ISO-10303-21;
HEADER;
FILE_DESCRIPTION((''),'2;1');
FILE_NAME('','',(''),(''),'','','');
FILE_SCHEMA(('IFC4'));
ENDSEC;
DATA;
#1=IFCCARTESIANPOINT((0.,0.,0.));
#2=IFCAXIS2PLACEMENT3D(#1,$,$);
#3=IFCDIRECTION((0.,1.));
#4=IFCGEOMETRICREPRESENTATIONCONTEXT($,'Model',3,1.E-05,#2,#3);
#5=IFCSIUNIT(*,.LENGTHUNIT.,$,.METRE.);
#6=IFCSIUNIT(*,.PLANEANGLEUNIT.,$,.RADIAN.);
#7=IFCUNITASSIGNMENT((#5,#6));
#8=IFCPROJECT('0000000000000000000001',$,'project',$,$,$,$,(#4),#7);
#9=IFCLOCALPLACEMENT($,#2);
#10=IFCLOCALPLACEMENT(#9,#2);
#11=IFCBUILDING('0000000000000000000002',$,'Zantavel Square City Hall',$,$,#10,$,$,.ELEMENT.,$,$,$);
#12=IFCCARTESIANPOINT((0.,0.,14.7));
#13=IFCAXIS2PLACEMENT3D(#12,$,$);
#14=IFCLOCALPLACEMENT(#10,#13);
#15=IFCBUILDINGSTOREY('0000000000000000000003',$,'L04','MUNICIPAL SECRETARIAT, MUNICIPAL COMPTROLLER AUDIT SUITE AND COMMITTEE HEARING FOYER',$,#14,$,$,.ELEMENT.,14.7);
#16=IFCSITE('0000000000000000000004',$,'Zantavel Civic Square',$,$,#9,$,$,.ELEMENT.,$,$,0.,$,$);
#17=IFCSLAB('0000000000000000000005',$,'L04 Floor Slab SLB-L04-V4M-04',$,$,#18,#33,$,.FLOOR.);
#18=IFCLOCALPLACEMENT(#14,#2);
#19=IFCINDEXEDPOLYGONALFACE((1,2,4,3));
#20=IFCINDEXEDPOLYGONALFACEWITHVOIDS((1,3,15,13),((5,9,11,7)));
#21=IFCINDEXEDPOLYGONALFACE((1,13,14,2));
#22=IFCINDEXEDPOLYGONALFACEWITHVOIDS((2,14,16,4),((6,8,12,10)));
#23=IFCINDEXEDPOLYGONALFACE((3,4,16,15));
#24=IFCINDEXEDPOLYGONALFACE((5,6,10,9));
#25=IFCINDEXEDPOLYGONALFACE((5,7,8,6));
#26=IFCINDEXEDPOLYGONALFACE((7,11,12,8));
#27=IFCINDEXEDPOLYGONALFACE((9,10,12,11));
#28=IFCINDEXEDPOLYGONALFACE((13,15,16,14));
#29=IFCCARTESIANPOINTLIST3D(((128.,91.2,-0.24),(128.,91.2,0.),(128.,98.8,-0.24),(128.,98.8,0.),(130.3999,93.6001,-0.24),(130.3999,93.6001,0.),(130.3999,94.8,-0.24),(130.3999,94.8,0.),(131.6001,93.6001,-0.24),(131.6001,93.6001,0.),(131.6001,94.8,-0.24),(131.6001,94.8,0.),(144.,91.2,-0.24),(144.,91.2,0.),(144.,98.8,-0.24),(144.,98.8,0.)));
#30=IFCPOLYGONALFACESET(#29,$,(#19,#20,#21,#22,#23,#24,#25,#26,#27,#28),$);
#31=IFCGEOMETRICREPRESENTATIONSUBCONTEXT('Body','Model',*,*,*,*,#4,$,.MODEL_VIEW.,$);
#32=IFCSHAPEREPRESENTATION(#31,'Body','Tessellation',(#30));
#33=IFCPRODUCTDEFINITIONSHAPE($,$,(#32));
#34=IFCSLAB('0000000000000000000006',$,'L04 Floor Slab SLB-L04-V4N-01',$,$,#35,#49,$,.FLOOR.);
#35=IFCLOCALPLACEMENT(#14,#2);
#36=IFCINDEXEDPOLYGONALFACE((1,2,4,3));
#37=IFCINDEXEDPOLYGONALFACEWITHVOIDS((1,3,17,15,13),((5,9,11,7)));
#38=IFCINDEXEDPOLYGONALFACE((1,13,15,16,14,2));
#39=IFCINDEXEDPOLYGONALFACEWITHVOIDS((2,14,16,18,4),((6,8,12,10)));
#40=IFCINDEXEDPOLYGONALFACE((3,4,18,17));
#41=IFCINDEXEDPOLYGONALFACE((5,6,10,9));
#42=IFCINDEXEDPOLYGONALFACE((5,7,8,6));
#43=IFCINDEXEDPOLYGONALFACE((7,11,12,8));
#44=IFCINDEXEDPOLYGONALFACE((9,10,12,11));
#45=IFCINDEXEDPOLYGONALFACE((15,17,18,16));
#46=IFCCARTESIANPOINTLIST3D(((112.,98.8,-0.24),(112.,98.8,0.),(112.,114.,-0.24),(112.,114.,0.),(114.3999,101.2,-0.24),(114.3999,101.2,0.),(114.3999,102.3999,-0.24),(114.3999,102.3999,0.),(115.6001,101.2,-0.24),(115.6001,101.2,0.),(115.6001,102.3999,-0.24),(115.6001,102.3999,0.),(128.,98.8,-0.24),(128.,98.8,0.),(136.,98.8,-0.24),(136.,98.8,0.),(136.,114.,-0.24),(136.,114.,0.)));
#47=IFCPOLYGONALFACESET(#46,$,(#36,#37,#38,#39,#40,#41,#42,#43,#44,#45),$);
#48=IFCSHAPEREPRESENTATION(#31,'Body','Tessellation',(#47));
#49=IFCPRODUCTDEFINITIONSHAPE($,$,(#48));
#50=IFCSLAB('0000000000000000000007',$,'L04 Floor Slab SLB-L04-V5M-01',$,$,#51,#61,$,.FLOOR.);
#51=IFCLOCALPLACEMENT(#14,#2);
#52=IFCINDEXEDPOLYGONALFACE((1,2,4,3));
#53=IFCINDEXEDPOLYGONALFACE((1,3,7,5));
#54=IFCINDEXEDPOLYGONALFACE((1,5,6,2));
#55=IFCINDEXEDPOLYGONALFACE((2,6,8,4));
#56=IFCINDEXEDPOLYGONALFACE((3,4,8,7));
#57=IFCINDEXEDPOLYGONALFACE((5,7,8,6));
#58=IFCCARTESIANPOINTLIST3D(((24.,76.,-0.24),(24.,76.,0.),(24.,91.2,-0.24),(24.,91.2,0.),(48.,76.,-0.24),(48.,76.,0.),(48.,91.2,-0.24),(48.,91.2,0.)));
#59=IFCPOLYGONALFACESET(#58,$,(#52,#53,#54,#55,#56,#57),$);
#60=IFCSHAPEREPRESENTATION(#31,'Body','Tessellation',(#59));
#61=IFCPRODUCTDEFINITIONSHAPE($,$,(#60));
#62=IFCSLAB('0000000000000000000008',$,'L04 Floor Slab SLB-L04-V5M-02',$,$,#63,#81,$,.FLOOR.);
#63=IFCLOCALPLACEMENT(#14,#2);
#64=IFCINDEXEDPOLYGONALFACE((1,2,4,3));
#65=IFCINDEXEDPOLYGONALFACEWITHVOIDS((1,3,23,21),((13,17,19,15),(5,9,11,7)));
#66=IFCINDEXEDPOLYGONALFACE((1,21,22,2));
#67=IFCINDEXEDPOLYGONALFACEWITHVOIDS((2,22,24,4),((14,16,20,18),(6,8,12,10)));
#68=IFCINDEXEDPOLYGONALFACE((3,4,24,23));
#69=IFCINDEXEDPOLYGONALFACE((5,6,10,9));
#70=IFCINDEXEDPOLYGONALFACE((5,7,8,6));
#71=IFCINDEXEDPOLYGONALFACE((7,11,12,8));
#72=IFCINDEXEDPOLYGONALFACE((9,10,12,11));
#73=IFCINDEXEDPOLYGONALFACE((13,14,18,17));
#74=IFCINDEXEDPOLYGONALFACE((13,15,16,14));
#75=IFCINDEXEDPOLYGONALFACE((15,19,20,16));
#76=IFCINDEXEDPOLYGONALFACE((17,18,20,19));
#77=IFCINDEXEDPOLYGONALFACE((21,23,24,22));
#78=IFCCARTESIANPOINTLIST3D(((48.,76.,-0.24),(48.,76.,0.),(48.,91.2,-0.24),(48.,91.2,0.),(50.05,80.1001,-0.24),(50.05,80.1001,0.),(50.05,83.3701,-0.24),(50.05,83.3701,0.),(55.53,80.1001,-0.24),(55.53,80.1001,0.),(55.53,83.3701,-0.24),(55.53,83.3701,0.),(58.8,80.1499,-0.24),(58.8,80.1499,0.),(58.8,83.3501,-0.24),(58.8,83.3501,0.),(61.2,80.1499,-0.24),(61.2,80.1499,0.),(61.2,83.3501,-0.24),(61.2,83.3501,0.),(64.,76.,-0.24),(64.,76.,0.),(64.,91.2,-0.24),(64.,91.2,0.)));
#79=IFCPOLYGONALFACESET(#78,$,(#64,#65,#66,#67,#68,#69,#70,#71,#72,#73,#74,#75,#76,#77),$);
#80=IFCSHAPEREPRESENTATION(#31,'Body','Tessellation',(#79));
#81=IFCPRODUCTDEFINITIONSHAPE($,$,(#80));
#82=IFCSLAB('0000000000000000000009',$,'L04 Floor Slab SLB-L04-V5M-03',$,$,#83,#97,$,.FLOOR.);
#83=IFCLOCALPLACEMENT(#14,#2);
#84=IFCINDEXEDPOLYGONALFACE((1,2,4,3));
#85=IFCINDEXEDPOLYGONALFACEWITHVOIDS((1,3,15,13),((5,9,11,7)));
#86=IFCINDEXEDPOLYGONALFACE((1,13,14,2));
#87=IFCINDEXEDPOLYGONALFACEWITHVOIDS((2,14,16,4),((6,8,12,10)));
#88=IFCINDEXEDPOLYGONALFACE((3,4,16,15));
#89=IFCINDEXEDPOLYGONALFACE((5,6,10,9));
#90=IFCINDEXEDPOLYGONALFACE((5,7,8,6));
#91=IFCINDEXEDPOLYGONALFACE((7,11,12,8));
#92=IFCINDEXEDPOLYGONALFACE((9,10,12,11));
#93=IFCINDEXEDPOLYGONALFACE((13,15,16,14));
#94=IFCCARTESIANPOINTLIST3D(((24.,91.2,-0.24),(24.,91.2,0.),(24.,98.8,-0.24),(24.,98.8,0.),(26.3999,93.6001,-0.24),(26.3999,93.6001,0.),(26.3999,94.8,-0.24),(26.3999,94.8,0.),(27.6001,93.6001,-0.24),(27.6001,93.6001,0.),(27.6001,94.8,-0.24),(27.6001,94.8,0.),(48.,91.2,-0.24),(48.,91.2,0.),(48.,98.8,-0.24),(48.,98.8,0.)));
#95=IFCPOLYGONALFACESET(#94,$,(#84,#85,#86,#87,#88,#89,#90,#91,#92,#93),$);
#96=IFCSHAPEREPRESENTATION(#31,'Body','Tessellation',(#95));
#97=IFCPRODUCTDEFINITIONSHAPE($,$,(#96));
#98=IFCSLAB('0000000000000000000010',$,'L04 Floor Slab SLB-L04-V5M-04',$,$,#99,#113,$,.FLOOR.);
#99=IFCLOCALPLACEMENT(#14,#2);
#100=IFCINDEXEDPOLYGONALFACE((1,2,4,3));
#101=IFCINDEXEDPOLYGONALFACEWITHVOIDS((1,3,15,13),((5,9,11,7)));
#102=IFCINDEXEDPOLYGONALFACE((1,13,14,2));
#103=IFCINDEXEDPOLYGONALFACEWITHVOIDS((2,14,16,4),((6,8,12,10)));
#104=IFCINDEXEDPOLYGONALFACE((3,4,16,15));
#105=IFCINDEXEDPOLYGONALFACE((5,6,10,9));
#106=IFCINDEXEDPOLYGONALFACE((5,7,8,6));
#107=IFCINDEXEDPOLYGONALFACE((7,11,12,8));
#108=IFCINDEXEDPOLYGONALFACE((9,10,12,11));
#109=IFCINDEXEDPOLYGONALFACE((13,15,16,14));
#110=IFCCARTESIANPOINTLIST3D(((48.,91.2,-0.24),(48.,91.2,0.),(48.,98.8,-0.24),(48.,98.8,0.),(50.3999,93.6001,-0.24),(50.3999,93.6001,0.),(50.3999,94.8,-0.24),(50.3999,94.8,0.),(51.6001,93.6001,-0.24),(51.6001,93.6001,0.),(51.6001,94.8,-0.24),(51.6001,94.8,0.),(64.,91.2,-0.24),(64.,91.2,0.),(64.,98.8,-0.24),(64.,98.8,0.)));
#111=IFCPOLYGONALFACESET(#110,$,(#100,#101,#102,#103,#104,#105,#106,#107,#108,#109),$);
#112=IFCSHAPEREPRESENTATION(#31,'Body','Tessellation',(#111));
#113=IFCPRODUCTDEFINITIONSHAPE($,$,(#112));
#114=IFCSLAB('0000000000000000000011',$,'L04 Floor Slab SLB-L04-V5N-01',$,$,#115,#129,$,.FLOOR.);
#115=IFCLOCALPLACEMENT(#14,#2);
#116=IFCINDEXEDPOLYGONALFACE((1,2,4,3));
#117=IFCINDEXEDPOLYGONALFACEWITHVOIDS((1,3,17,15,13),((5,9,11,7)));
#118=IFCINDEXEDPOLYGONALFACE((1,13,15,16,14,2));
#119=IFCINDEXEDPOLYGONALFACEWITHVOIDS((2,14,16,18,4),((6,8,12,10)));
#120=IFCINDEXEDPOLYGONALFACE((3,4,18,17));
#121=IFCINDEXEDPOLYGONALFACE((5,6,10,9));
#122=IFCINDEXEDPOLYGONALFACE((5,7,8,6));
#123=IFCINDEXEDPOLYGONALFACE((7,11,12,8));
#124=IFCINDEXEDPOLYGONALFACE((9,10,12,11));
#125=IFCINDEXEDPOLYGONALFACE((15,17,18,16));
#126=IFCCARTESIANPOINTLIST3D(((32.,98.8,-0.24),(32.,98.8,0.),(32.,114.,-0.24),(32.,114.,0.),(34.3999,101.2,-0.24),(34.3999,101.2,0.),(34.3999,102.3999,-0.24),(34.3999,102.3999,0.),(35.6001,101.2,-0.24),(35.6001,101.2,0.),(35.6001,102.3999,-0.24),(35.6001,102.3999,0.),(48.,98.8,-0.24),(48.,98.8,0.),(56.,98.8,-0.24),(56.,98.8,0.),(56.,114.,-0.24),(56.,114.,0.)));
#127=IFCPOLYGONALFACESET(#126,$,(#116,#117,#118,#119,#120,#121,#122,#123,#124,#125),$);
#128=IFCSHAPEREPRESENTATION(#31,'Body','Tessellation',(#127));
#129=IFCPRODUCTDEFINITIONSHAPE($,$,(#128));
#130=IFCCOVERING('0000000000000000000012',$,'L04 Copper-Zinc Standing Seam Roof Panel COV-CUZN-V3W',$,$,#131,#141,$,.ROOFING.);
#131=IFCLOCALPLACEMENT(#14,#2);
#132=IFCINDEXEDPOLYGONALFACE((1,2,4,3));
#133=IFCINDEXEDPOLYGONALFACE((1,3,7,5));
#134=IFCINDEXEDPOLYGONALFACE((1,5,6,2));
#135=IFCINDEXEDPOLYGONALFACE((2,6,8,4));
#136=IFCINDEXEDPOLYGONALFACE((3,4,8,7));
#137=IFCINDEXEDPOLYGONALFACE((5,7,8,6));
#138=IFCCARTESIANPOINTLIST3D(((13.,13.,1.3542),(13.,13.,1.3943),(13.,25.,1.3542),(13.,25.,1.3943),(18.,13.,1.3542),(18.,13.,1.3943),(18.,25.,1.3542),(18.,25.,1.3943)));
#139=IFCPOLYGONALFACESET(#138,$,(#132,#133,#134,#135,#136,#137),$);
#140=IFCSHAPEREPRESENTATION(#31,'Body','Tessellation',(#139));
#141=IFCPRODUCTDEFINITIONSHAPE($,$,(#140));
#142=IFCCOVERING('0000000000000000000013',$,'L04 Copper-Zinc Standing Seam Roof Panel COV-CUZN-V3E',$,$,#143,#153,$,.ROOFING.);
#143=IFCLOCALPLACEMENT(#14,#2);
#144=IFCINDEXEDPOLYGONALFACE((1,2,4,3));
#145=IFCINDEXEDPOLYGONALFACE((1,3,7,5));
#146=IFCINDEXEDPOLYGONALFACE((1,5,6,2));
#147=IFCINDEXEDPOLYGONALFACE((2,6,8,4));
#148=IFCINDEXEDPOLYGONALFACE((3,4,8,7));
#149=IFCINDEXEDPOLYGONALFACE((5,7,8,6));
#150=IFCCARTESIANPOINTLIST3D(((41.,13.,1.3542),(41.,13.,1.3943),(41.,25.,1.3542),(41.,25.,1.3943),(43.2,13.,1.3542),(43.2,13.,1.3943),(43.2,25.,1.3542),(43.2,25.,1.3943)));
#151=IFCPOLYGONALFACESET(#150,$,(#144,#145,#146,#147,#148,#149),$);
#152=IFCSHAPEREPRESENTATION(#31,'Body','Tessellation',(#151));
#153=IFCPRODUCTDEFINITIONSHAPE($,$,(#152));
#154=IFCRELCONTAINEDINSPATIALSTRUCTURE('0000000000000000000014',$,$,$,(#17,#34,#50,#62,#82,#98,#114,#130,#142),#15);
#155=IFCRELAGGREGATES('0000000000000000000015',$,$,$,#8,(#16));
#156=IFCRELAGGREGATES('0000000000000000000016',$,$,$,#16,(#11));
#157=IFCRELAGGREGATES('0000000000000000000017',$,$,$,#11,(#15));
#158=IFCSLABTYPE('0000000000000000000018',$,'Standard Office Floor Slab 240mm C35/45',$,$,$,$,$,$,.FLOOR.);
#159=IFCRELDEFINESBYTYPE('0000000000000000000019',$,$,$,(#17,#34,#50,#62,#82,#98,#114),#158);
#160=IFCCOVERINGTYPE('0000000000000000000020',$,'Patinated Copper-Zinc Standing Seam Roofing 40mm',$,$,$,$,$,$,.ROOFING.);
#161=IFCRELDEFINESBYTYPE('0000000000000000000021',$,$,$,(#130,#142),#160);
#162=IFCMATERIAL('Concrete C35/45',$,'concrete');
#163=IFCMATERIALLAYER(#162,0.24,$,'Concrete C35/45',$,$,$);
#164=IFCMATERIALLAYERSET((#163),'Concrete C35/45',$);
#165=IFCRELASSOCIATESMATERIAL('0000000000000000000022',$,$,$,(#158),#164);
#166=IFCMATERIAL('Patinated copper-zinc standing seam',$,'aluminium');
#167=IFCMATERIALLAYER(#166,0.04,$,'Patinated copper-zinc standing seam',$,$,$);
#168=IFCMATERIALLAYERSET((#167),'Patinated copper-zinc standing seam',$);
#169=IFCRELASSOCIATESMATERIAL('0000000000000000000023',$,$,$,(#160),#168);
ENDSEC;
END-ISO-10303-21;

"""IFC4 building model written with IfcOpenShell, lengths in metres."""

from ifc_helpers import new_model, si_unit, direction, frame, origin, place, context, subcontext, project, spatial, polyline, outline, extrude, material, layer, layer_set, type_object, element, save


model = new_model("IFC4")

# Units and contexts
model_context = context("Model", 3, precision=1e-05, world=origin(), true_north=direction((0.0, 1.0)))
body_context = subcontext(model_context, "Body", "Model", "MODEL_VIEW")
ifc_project = project(units=[si_unit("LENGTHUNIT", "METRE"), si_unit("PLANEANGLEUNIT", "RADIAN")], contexts=[model_context])

# Site, building, storey
site_placement = place(None, origin())
site = spatial("IfcSite", under=ifc_project, at=site_placement, Name="Zantavel Civic Square", CompositionType="ELEMENT", RefElevation=0.0)
building_placement = place(site_placement, origin())
building = spatial("IfcBuilding", under=site, at=building_placement, Name="Zantavel Square City Hall", CompositionType="ELEMENT")
storey_placement = place(building_placement, frame((0.0, 0.0, 14.7)))
storey = spatial("IfcBuildingStorey", under=building, at=storey_placement, Name="L04", Description="MUNICIPAL SECRETARIAT, MUNICIPAL COMPTROLLER AUDIT SUITE AND COMMITTEE HEARING FOYER", CompositionType="ELEMENT", Elevation=14.7)

# Shared definitions
ifc_material_1 = material(Name="Concrete C35/45", Category="concrete")

# Shared definitions
ifc_material_2 = material(Name="Patinated copper-zinc standing seam", Category="aluminium")

# Slabs
ifc_layer_1 = layer(ifc_material_1, 0.24, Name="Concrete C35/45")
ifc_layer_set_1 = layer_set([ifc_layer_1], Name="Concrete C35/45")
slab_type_1 = type_object("IfcSlabType", Name="Standard Office Floor Slab 240mm C35/45", PredefinedType="FLOOR", material=ifc_layer_set_1)
slab_1_placement = place(storey_placement, frame((0.0, 0.0, -0.24)))
element("IfcSlab", 1, at=slab_1_placement, inside=storey, type_object=slab_type_1, Name="L04 Floor Slab SLB-L04-V4M-04", PredefinedType="FLOOR", context=body_context, shape_type="SweptSolid", body=[
    extrude(outline(polyline([(144.0, 91.2), (128.0, 91.2), (128.0, 98.8), (144.0, 98.8), (144.0, 91.2)]), holes=[polyline([(131.6001, 94.8), (130.3999, 94.8), (130.3999, 93.6001), (131.6001, 93.6001), (131.6001, 94.8)])]), origin(), (0.0, 0.0, 1.0), 0.24),
])
slab_2_placement = place(storey_placement, frame((0.0, 0.0, -0.24)))
element("IfcSlab", 2, at=slab_2_placement, inside=storey, type_object=slab_type_1, Name="L04 Floor Slab SLB-L04-V4N-01", PredefinedType="FLOOR", context=body_context, shape_type="SweptSolid", body=[
    extrude(outline(polyline([(136.0, 114.0), (136.0, 98.8), (128.0, 98.8), (112.0, 98.8), (112.0, 114.0), (136.0, 114.0)]), holes=[polyline([(115.6001, 102.3999), (114.3999, 102.3999), (114.3999, 101.2), (115.6001, 101.2), (115.6001, 102.3999)])]), origin(), (0.0, 0.0, 1.0), 0.24),
])
slab_3_placement = place(storey_placement, frame((0.0, 0.0, -0.24)))
element("IfcSlab", 3, at=slab_3_placement, inside=storey, type_object=slab_type_1, Name="L04 Floor Slab SLB-L04-V5M-01", PredefinedType="FLOOR", context=body_context, shape_type="SweptSolid", body=[
    extrude(outline(polyline([(24.0, 76.0), (24.0, 91.2), (48.0, 91.2), (48.0, 76.0), (24.0, 76.0)])), origin(), (0.0, 0.0, 1.0), 0.24),
])
slab_4_placement = place(storey_placement, frame((0.0, 0.0, -0.24)))
element("IfcSlab", 4, at=slab_4_placement, inside=storey, type_object=slab_type_1, Name="L04 Floor Slab SLB-L04-V5M-02", PredefinedType="FLOOR", context=body_context, shape_type="SweptSolid", body=[
    extrude(outline(polyline([(48.0, 76.0), (48.0, 91.2), (64.0, 91.2), (64.0, 76.0), (48.0, 76.0)]), holes=[polyline([(50.05, 83.3701), (50.05, 80.1001), (55.53, 80.1001), (55.53, 83.3701), (50.05, 83.3701)]), polyline([(61.2, 83.3501), (58.8, 83.3501), (58.8, 80.1499), (61.2, 80.1499), (61.2, 83.3501)])]), origin(), (0.0, 0.0, 1.0), 0.24),
])
slab_5_placement = place(storey_placement, frame((0.0, 0.0, -0.24)))
element("IfcSlab", 5, at=slab_5_placement, inside=storey, type_object=slab_type_1, Name="L04 Floor Slab SLB-L04-V5M-03", PredefinedType="FLOOR", context=body_context, shape_type="SweptSolid", body=[
    extrude(outline(polyline([(48.0, 98.8), (48.0, 91.2), (24.0, 91.2), (24.0, 98.8), (48.0, 98.8)]), holes=[polyline([(27.6001, 94.8), (26.3999, 94.8), (26.3999, 93.6001), (27.6001, 93.6001), (27.6001, 94.8)])]), origin(), (0.0, 0.0, 1.0), 0.24),
])
slab_6_placement = place(storey_placement, frame((0.0, 0.0, -0.24)))
element("IfcSlab", 6, at=slab_6_placement, inside=storey, type_object=slab_type_1, Name="L04 Floor Slab SLB-L04-V5M-04", PredefinedType="FLOOR", context=body_context, shape_type="SweptSolid", body=[
    extrude(outline(polyline([(64.0, 91.2), (48.0, 91.2), (48.0, 98.8), (64.0, 98.8), (64.0, 91.2)]), holes=[polyline([(51.6001, 94.8), (50.3999, 94.8), (50.3999, 93.6001), (51.6001, 93.6001), (51.6001, 94.8)])]), origin(), (0.0, 0.0, 1.0), 0.24),
])
slab_7_placement = place(storey_placement, frame((0.0, 0.0, -0.24)))
element("IfcSlab", 7, at=slab_7_placement, inside=storey, type_object=slab_type_1, Name="L04 Floor Slab SLB-L04-V5N-01", PredefinedType="FLOOR", context=body_context, shape_type="SweptSolid", body=[
    extrude(outline(polyline([(56.0, 114.0), (56.0, 98.8), (48.0, 98.8), (32.0, 98.8), (32.0, 114.0), (56.0, 114.0)]), holes=[polyline([(35.6001, 102.3999), (34.3999, 102.3999), (34.3999, 101.2), (35.6001, 101.2), (35.6001, 102.3999)])]), origin(), (0.0, 0.0, 1.0), 0.24),
])

# Coverings
ifc_layer_2 = layer(ifc_material_2, 0.04, Name="Patinated copper-zinc standing seam")
ifc_layer_set_2 = layer_set([ifc_layer_2], Name="Patinated copper-zinc standing seam")
covering_type = type_object("IfcCoveringType", Name="Patinated Copper-Zinc Standing Seam Roofing 40mm", PredefinedType="ROOFING", material=ifc_layer_set_2)
covering_1_placement = place(storey_placement, frame((0.0, 0.0, 1.3542)))
element("IfcCovering", 8, at=covering_1_placement, inside=storey, type_object=covering_type, Name="L04 Copper-Zinc Standing Seam Roof Panel COV-CUZN-V3W", PredefinedType="ROOFING", context=body_context, shape_type="SweptSolid", body=[
    extrude(outline(polyline([(13.0, 13.0), (18.0, 13.0), (18.0, 25.0), (13.0, 25.0), (13.0, 13.0)])), origin(), (0.0, 0.0, 1.0), 0.04),
])
covering_2_placement = place(storey_placement, frame((0.0, 0.0, 1.3542)))
element("IfcCovering", 9, at=covering_2_placement, inside=storey, type_object=covering_type, Name="L04 Copper-Zinc Standing Seam Roof Panel COV-CUZN-V3E", PredefinedType="ROOFING", context=body_context, shape_type="SweptSolid", body=[
    extrude(outline(polyline([(41.0, 13.0), (43.2, 13.0), (43.2, 25.0), (41.0, 25.0), (41.0, 13.0)])), origin(), (0.0, 0.0, 1.0), 0.04),
])

save(model, "model.ifc")
